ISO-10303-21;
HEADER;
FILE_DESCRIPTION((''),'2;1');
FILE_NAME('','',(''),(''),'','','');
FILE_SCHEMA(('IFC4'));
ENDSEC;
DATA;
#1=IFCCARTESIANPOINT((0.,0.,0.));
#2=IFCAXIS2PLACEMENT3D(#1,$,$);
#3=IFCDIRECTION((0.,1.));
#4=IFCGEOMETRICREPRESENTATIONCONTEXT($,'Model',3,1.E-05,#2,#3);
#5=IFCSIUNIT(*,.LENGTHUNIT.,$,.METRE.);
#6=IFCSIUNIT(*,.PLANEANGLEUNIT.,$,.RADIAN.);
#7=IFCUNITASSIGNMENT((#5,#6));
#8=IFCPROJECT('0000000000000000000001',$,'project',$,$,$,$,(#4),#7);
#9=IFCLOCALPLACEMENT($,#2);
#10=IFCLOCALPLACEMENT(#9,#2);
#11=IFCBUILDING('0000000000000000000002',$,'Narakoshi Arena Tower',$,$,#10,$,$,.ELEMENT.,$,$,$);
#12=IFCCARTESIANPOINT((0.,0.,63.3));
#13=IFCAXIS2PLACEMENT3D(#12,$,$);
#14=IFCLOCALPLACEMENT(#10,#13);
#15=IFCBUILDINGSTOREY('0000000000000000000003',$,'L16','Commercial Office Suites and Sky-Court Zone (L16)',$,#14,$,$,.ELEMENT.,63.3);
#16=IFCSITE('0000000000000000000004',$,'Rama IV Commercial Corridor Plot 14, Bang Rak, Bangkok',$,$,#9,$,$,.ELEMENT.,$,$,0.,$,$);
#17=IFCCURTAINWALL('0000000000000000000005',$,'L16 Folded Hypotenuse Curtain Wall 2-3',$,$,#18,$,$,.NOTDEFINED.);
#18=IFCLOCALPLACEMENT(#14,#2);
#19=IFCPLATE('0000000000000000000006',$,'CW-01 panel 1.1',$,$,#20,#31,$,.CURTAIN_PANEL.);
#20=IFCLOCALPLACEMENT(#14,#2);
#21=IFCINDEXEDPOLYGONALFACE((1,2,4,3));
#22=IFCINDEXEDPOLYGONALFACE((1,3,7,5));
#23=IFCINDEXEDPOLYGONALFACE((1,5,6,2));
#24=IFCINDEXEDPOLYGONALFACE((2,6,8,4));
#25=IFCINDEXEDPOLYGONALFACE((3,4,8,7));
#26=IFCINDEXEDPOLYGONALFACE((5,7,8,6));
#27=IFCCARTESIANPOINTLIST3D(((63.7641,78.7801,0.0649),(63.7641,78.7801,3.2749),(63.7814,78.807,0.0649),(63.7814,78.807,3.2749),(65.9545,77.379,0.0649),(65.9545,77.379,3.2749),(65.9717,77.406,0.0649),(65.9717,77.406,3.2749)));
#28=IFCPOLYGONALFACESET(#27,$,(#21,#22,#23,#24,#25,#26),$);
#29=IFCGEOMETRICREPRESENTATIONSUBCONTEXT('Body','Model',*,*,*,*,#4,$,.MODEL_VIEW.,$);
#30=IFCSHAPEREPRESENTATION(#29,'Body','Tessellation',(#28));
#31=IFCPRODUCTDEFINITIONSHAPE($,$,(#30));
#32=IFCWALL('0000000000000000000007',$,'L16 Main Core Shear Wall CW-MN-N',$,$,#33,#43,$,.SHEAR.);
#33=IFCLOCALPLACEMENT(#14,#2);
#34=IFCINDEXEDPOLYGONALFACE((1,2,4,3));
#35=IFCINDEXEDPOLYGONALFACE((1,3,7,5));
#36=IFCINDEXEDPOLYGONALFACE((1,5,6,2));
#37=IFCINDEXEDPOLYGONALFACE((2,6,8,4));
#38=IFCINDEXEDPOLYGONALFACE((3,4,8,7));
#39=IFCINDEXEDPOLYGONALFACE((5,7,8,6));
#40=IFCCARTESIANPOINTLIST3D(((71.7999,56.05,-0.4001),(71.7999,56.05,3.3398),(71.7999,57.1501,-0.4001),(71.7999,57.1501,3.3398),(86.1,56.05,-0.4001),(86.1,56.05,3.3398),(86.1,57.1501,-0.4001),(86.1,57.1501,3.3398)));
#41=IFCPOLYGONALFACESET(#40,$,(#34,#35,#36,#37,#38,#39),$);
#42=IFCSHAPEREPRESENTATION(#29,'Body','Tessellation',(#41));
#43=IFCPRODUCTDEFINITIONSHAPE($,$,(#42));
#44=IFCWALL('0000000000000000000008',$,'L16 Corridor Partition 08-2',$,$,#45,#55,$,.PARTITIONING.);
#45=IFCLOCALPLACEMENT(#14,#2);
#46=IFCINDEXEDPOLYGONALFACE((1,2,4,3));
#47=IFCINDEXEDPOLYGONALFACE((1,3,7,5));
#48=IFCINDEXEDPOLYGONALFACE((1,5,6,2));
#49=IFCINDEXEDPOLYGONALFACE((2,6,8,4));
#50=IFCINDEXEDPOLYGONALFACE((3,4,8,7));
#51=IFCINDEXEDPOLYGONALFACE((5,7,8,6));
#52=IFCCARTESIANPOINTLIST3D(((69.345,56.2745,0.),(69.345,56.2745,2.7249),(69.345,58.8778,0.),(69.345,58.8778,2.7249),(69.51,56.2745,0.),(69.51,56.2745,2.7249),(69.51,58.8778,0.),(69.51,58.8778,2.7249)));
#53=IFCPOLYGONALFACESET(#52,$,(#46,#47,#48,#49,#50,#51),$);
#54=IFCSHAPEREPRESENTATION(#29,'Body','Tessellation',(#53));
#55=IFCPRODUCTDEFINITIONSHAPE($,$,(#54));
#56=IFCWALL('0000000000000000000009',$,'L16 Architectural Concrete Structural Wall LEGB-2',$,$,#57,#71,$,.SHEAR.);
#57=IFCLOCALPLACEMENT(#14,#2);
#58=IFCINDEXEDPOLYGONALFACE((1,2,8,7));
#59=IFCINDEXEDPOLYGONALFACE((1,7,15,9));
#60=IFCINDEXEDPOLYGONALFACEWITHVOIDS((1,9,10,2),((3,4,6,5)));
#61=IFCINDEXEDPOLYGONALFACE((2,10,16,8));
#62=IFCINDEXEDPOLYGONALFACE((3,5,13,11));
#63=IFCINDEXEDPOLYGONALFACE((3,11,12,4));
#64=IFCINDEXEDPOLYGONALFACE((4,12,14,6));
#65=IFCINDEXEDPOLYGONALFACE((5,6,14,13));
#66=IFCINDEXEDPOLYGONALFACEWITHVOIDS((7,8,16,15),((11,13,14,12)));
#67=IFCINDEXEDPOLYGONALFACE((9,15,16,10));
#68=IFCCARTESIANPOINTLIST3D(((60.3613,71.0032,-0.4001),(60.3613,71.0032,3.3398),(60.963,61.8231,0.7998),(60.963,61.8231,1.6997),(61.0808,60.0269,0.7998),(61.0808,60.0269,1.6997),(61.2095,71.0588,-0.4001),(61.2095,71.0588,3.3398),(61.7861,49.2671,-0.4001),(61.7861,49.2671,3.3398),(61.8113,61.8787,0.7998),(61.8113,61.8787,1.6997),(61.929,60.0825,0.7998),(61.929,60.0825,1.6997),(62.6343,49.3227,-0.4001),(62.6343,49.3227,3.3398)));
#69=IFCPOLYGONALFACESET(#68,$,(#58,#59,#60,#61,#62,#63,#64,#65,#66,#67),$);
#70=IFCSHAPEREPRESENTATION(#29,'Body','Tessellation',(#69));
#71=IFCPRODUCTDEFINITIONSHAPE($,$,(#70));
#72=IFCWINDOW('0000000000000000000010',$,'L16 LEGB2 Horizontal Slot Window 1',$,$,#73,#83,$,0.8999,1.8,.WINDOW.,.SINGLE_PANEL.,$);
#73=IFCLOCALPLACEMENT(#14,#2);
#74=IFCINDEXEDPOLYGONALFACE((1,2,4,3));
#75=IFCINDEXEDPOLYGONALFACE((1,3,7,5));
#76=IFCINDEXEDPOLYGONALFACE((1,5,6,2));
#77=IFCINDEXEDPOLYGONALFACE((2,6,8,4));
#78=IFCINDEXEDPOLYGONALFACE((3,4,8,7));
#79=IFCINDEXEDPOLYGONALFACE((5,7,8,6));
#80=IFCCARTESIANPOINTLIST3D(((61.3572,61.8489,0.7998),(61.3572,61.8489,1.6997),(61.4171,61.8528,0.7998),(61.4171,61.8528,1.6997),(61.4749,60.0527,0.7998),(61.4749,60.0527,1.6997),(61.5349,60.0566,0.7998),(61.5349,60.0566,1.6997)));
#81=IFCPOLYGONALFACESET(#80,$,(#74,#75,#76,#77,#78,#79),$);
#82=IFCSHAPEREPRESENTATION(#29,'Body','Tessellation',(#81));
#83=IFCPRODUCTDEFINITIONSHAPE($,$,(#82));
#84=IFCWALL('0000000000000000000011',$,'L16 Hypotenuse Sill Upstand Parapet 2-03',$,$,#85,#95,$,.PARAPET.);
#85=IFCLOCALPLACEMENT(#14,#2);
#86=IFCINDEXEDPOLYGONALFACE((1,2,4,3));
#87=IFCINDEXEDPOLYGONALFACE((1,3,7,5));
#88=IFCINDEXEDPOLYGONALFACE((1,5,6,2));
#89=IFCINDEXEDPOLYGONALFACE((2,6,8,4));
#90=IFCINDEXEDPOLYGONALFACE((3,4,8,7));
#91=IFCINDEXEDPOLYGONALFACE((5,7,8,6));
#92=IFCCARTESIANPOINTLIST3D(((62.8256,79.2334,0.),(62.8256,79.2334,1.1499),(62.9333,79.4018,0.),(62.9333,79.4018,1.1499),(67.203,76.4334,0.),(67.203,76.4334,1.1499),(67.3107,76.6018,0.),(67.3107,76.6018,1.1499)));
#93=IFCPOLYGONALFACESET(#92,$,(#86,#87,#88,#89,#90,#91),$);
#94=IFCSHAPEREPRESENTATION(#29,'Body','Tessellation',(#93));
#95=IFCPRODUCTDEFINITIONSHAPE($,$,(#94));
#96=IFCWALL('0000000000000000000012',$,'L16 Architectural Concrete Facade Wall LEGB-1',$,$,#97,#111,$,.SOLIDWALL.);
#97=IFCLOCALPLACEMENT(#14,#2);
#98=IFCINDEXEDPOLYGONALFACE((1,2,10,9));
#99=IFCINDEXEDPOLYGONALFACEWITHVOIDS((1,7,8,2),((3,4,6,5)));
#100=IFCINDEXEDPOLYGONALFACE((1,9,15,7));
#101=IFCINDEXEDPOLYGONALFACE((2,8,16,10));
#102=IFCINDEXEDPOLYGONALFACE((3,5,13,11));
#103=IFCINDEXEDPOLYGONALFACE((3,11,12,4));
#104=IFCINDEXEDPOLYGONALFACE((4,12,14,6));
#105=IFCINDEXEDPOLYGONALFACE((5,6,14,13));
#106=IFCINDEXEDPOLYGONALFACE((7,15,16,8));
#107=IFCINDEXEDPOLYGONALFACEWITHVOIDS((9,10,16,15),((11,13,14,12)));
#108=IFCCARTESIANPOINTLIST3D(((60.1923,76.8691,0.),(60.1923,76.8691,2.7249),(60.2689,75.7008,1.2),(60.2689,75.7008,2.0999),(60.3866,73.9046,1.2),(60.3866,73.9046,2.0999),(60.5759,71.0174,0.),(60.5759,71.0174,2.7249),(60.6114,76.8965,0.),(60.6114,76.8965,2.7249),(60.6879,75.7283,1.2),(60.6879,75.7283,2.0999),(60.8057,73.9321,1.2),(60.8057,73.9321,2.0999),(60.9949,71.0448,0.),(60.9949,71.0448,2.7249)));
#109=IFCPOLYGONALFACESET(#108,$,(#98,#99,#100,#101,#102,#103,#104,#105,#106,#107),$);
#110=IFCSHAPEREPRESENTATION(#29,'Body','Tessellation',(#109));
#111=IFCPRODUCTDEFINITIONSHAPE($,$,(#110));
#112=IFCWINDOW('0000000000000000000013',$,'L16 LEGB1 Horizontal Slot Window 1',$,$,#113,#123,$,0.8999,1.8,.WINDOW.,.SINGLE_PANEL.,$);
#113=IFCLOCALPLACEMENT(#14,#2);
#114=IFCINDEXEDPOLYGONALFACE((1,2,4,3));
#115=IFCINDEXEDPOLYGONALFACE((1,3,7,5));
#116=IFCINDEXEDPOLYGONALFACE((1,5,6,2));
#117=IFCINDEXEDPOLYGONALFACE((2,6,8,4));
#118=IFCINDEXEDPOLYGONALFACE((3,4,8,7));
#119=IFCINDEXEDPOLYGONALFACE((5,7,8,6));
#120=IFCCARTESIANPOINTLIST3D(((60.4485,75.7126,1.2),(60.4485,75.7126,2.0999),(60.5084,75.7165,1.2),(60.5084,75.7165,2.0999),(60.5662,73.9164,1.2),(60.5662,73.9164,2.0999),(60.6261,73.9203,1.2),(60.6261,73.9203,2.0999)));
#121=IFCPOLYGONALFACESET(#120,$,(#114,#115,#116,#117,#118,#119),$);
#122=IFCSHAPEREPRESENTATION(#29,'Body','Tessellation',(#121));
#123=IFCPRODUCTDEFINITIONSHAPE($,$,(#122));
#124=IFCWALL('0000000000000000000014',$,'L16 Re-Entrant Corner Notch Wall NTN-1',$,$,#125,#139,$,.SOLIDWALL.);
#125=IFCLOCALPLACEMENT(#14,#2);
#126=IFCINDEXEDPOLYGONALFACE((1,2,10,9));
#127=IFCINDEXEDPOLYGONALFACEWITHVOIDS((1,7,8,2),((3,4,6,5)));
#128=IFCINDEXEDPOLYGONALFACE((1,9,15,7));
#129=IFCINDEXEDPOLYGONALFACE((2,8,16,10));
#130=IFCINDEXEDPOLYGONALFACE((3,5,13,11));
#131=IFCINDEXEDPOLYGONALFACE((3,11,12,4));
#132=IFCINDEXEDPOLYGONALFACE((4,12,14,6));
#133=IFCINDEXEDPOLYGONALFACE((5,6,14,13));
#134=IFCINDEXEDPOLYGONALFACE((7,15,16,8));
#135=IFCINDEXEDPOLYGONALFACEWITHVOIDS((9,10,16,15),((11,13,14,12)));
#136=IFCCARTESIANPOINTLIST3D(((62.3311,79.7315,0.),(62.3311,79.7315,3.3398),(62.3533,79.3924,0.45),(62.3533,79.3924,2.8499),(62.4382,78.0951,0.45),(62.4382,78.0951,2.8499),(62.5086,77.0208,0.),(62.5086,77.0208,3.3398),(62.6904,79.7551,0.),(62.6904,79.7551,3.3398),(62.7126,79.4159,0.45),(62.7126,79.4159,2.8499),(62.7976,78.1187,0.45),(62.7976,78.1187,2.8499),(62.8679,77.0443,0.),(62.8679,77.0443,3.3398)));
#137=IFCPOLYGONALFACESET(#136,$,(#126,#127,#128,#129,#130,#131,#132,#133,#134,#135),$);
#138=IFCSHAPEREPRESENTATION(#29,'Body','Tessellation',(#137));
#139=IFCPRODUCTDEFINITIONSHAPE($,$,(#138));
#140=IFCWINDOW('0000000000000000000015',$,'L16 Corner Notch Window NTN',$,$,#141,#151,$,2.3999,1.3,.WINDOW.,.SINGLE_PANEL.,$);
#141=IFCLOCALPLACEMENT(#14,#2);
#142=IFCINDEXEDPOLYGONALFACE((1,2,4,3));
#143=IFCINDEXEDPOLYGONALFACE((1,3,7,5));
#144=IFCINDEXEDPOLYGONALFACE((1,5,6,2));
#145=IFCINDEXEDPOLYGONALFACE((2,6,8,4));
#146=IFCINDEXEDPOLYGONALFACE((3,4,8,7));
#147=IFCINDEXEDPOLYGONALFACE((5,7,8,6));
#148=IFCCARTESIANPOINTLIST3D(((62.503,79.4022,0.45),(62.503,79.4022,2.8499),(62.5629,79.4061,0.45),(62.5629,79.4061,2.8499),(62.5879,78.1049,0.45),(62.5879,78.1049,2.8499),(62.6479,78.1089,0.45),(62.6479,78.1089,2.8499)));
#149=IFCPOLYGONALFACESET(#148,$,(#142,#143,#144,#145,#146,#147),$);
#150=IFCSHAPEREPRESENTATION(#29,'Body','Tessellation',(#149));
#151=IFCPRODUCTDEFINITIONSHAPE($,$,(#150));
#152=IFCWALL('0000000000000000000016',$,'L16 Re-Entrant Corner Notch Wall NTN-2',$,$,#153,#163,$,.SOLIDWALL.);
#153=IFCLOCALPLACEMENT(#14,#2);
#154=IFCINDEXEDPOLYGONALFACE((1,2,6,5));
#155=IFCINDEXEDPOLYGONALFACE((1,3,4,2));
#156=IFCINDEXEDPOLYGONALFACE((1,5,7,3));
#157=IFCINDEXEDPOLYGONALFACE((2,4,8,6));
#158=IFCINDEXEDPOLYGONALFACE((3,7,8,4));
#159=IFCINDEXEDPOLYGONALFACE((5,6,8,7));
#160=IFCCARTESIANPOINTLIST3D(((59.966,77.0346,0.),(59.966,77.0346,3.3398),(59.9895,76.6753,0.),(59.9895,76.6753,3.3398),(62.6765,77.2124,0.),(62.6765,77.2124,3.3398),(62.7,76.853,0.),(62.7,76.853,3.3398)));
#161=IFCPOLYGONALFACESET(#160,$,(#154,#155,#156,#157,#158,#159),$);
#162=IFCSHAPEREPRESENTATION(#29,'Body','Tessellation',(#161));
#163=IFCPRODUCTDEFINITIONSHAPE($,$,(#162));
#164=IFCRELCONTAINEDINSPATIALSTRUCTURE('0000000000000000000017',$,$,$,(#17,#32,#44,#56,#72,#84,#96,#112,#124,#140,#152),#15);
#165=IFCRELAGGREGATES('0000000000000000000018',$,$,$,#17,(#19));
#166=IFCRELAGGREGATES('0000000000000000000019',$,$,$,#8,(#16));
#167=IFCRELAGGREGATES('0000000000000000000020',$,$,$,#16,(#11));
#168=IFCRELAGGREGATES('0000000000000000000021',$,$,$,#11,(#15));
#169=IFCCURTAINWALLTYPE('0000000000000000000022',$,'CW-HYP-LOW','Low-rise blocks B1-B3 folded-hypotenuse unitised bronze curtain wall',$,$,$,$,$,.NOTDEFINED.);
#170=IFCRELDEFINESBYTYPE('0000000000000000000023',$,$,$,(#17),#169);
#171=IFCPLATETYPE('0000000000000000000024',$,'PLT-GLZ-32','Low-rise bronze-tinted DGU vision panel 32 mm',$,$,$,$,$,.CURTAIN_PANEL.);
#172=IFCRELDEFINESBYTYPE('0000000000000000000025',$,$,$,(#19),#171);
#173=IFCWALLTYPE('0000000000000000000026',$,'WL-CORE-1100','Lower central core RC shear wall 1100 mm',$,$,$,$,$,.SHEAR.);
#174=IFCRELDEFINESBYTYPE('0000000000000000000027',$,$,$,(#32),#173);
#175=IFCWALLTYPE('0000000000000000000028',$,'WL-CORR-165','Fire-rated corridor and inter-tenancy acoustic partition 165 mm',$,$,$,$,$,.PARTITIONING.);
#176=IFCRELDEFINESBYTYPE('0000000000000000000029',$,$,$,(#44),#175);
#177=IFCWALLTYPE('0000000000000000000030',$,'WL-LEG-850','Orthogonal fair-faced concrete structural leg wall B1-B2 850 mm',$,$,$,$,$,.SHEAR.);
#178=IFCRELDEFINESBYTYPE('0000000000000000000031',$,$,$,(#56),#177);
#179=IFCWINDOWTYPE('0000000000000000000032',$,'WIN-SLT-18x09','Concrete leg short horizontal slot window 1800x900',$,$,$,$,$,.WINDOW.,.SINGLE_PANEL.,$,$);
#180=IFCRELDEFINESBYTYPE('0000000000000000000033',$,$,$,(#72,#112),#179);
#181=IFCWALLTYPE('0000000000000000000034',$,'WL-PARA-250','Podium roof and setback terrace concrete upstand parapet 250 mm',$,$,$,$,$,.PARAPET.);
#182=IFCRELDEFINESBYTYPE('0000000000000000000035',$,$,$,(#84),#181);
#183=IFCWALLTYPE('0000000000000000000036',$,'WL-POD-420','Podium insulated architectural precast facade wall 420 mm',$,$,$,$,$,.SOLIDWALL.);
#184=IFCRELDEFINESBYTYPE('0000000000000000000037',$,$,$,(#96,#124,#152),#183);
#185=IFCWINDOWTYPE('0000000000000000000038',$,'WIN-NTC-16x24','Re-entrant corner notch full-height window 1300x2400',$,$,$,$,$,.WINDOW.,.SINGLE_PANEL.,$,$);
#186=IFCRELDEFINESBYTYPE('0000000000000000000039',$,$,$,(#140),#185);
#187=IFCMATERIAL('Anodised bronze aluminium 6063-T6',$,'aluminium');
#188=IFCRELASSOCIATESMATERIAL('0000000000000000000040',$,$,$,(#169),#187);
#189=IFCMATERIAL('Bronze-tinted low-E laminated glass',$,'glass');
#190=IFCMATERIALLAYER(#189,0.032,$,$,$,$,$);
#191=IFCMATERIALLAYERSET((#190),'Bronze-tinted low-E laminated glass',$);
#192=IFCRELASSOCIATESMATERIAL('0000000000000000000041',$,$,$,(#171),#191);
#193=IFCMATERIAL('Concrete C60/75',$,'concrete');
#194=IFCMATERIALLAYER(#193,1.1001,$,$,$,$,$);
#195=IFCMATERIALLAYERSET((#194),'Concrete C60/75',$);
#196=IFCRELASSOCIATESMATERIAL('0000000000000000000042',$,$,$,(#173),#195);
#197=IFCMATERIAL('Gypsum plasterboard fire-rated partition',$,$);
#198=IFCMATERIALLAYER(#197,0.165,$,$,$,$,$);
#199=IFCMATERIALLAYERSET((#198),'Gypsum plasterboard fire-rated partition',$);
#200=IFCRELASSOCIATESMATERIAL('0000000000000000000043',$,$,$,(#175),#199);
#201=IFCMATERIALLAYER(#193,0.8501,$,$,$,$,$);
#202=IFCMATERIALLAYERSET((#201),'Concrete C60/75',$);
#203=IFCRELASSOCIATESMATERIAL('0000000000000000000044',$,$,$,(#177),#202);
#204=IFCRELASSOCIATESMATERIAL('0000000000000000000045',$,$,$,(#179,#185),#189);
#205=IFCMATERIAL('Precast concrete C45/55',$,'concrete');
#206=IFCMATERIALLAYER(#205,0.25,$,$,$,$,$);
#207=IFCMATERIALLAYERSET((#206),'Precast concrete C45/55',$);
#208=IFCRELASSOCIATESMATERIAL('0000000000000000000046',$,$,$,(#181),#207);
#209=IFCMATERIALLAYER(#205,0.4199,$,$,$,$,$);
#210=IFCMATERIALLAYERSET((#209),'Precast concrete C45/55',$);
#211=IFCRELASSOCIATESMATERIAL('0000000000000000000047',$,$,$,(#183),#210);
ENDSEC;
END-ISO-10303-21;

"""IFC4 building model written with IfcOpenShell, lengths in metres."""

from ifc_helpers import new_model, si_unit, direction, frame, frame_2d, origin, origin_2d, place, context, subcontext, project, spatial, rectangle, extrude, material, layer, layer_set, type_object, element, fill, aggregate, save


model = new_model("IFC4")

# Units and contexts
model_context = context("Model", 3, precision=1e-05, world=origin(), true_north=direction((0.0, 1.0)))
body_context = subcontext(model_context, "Body", "Model", "MODEL_VIEW")
ifc_project = project(units=[si_unit("LENGTHUNIT", "METRE"), si_unit("PLANEANGLEUNIT", "RADIAN")], contexts=[model_context])

# Site, building, storey
site_placement = place(None, origin())
site = spatial("IfcSite", under=ifc_project, at=site_placement, Name="Rama IV Commercial Corridor Plot 14, Bang Rak, Bangkok", CompositionType="ELEMENT", RefElevation=0.0)
building_placement = place(site_placement, origin())
building = spatial("IfcBuilding", under=site, at=building_placement, Name="Narakoshi Arena Tower", CompositionType="ELEMENT")
storey_placement = place(building_placement, frame((0.0, 0.0, 63.3)))
storey = spatial("IfcBuildingStorey", under=building, at=storey_placement, Name="L16", Description="Commercial Office Suites and Sky-Court Zone (L16)", CompositionType="ELEMENT", Elevation=63.3)

# Shared definitions
ifc_material_1 = material(Name="Concrete C60/75", Category="concrete")

# Shared definitions
ifc_material_2 = material(Name="Anodised bronze aluminium 6063-T6", Category="aluminium")
curtain_wall_type = type_object("IfcCurtainWallType", Name="CW-HYP-LOW", Description="Low-rise blocks B1-B3 folded-hypotenuse unitised bronze curtain wall", PredefinedType="NOTDEFINED", material=ifc_material_2)

# Curtain wall
curtain_wall_1_placement = place(storey_placement, origin())
curtain_wall_1 = element("IfcCurtainWall", 1, at=curtain_wall_1_placement, inside=storey, type_object=curtain_wall_type, Name="L16 Folded Hypotenuse Curtain Wall 2-3", PredefinedType="NOTDEFINED")

# Plate
ifc_material_3 = material(Name="Bronze-tinted low-E laminated glass", Category="glass")
ifc_layer_1 = layer(ifc_material_3, 0.032)
ifc_layer_set_1 = layer_set([ifc_layer_1], Name="Bronze-tinted low-E laminated glass")
plate_type = type_object("IfcPlateType", Name="PLT-GLZ-32", Description="Low-rise bronze-tinted DGU vision panel 32 mm", PredefinedType="CURTAIN_PANEL", material=ifc_layer_set_1)
plate_1_placement = place(storey_placement, frame((64.8679, 78.093, 0.0649), z_axis=(0.0, 0.0, 1.0), x_axis=(-0.842407, 0.538841, 0.0)))
plate_1 = element("IfcPlate", 2, at=plate_1_placement, type_object=plate_type, Name="CW-01 panel 1.1", PredefinedType="CURTAIN_PANEL", context=body_context, shape_type="SweptSolid", body=[
    extrude(rectangle(XDim=2.6001, YDim=0.032, at=origin_2d()), origin(), (0.0, 0.0, 1.0), 3.21),
])
aggregate(curtain_wall_1, [plate_1])

# Walls
ifc_layer_2 = layer(ifc_material_1, 1.1001)
ifc_layer_set_2 = layer_set([ifc_layer_2], Name="Concrete C60/75")
wall_type_1 = type_object("IfcWallType", Name="WL-CORE-1100", Description="Lower central core RC shear wall 1100 mm", PredefinedType="SHEAR", material=ifc_layer_set_2)
wall_1_placement = place(storey_placement, frame((71.8, 56.6001, -0.4001), z_axis=(0.0, 0.0, 1.0), x_axis=(1.0, 0.0, 0.0)))
element("IfcWall", 3, at=wall_1_placement, inside=storey, type_object=wall_type_1, Name="L16 Main Core Shear Wall CW-MN-N", PredefinedType="SHEAR", context=body_context, shape_type="SweptSolid", body=[
    extrude(rectangle(XDim=14.3, YDim=1.1001, at=frame_2d((7.1499, 0.0))), origin(), (0.0, 0.0, 1.0), 3.74),
])
ifc_material_4 = material(Name="Gypsum plasterboard fire-rated partition")
ifc_layer_3 = layer(ifc_material_4, 0.165)
ifc_layer_set_3 = layer_set([ifc_layer_3], Name="Gypsum plasterboard fire-rated partition")
wall_type_2 = type_object("IfcWallType", Name="WL-CORR-165", Description="Fire-rated corridor and inter-tenancy acoustic partition 165 mm", PredefinedType="PARTITIONING", material=ifc_layer_set_3)
wall_2_placement = place(storey_placement, frame((69.4275, 58.8779, 0.0), z_axis=(0.0, 0.0, 1.0), x_axis=(0.0, -1.0, 0.0)))
element("IfcWall", 4, at=wall_2_placement, inside=storey, type_object=wall_type_2, Name="L16 Corridor Partition 08-2", PredefinedType="PARTITIONING", context=body_context, shape_type="SweptSolid", body=[
    extrude(rectangle(XDim=2.6033, YDim=0.165, at=frame_2d((1.3018, 0.0))), origin(), (0.0, 0.0, 1.0), 2.7249),
])

# Wall, opening, window
ifc_layer_4 = layer(ifc_material_1, 0.8501)
ifc_layer_set_4 = layer_set([ifc_layer_4], Name="Concrete C60/75")
wall_type_3 = type_object("IfcWallType", Name="WL-LEG-850", Description="Orthogonal fair-faced concrete structural leg wall B1-B2 850 mm", PredefinedType="SHEAR", material=ifc_layer_set_4)
wall_3_placement = place(storey_placement, frame((60.7854, 71.031, -0.4001), z_axis=(0.0, 0.0, 1.0), x_axis=(0.06541, -0.997858, 0.0)))
wall_3 = element("IfcWall", 5, at=wall_3_placement, inside=storey, type_object=wall_type_3, Name="L16 Architectural Concrete Structural Wall LEGB-2", PredefinedType="SHEAR", context=body_context, shape_type="SweptSolid", body=[
    extrude(rectangle(XDim=21.7827, YDim=0.8501, at=frame_2d((10.8914, 0.0))), origin(), (0.0, 0.0, 1.0), 3.74),
])
opening_1_placement = place(wall_3_placement, frame((9.2, 0.0, 1.2)))
opening_1 = element("IfcOpeningElement", 6, at=opening_1_placement, cuts=wall_3, PredefinedType="OPENING", context=body_context, shape_type="SweptSolid", body=[
    extrude(rectangle(XDim=1.8, YDim=0.8999, at=frame_2d((0.8999, 0.45))), frame((0.0, 0.4351, 0.0), z_axis=(0.0, -1.0, 0.0), x_axis=(1.0, 0.0, 0.0)), (0.0, 0.0, 1.0), 0.8701),
])
window_type_1 = type_object("IfcWindowType", Name="WIN-SLT-18x09", Description="Concrete leg short horizontal slot window 1800x900", PartitioningType="SINGLE_PANEL", PredefinedType="WINDOW", material=ifc_material_3)
window_1_placement = place(opening_1_placement, origin())
window_1 = element("IfcWindow", 7, at=window_1_placement, inside=storey, type_object=window_type_1, Name="L16 LEGB2 Horizontal Slot Window 1", OverallHeight=0.8999, OverallWidth=1.8, PartitioningType="SINGLE_PANEL", PredefinedType="WINDOW", context=body_context, shape_type="SweptSolid", body=[
    extrude(rectangle(XDim=1.8, YDim=0.8999, at=frame_2d((0.8999, 0.45))), frame((0.0, 0.03, 0.0), z_axis=(0.0, -1.0, 0.0), x_axis=(1.0, 0.0, 0.0)), (0.0, 0.0, 1.0), 0.0601),
])
fill(opening_1, window_1)

# Wall
ifc_material_5 = material(Name="Precast concrete C45/55", Category="concrete")
ifc_layer_5 = layer(ifc_material_5, 0.25)
ifc_layer_set_5 = layer_set([ifc_layer_5], Name="Precast concrete C45/55")
wall_type_4 = type_object("IfcWallType", Name="WL-PARA-250", Description="Podium roof and setback terrace concrete upstand parapet 250 mm", PredefinedType="PARAPET", material=ifc_layer_set_5)
wall_4_placement = place(storey_placement, frame((67.2568, 76.5176, 0.0), z_axis=(0.0, 0.0, 1.0), x_axis=(-0.842404, 0.538847, 0.0)))
element("IfcWall", 8, at=wall_4_placement, inside=storey, type_object=wall_type_4, Name="L16 Hypotenuse Sill Upstand Parapet 2-03", PredefinedType="PARAPET", context=body_context, shape_type="SweptSolid", body=[
    extrude(rectangle(XDim=5.1963, YDim=0.2, at=frame_2d((2.5981, 0.0))), origin(), (0.0, 0.0, 1.0), 1.1499),
])

# Walls, openings, windows
ifc_layer_6 = layer(ifc_material_5, 0.4199)
ifc_layer_set_6 = layer_set([ifc_layer_6], Name="Precast concrete C45/55")
wall_type_5 = type_object("IfcWallType", Name="WL-POD-420", Description="Podium insulated architectural precast facade wall 420 mm", PredefinedType="SOLIDWALL", material=ifc_layer_set_6)
wall_5_placement = place(storey_placement, frame((60.4019, 76.8828, 0.0), z_axis=(0.0, 0.0, 1.0), x_axis=(0.065403, -0.997859, 0.0)))
wall_5 = element("IfcWall", 9, at=wall_5_placement, inside=storey, type_object=wall_type_5, Name="L16 Architectural Concrete Facade Wall LEGB-1", PredefinedType="SOLIDWALL", context=body_context, shape_type="SweptSolid", body=[
    extrude(rectangle(XDim=5.8643, YDim=0.4199, at=frame_2d((2.9321, 0.0))), origin(), (0.0, 0.0, 1.0), 2.7249),
])
opening_2_placement = place(wall_5_placement, frame((1.1709, 0.0, 1.2)))
opening_2 = element("IfcOpeningElement", 10, at=opening_2_placement, cuts=wall_5, PredefinedType="OPENING", context=body_context, shape_type="SweptSolid", body=[
    extrude(rectangle(XDim=1.8, YDim=0.8999, at=frame_2d((0.8999, 0.45))), frame((0.0, 0.22, 0.0), z_axis=(0.0, -1.0, 0.0), x_axis=(1.0, 0.0, 0.0)), (0.0, 0.0, 1.0), 0.4399),
])
window_2_placement = place(opening_2_placement, origin())
window_2 = element("IfcWindow", 11, at=window_2_placement, inside=storey, type_object=window_type_1, Name="L16 LEGB1 Horizontal Slot Window 1", OverallHeight=0.8999, OverallWidth=1.8, PartitioningType="SINGLE_PANEL", PredefinedType="WINDOW", context=body_context, shape_type="SweptSolid", body=[
    extrude(rectangle(XDim=1.8, YDim=0.8999, at=frame_2d((0.8999, 0.45))), frame((0.0, 0.03, 0.0), z_axis=(0.0, -1.0, 0.0), x_axis=(1.0, 0.0, 0.0)), (0.0, 0.0, 1.0), 0.0601),
])
fill(opening_2, window_2)
wall_6_placement = place(storey_placement, frame((62.5107, 79.7434, 0.0), z_axis=(0.0, 0.0, 1.0), x_axis=(0.065338, -0.997863, 0.0)))
wall_6 = element("IfcWall", 12, at=wall_6_placement, inside=storey, type_object=wall_type_5, Name="L16 Re-Entrant Corner Notch Wall NTN-1", PredefinedType="SOLIDWALL", context=body_context, shape_type="SweptSolid", body=[
    extrude(rectangle(XDim=2.7166, YDim=0.3601, at=frame_2d((1.3584, 0.0))), origin(), (0.0, 0.0, 1.0), 3.3398),
])
opening_3_placement = place(wall_6_placement, frame((0.3401, 0.0, 0.45)))
opening_3 = element("IfcOpeningElement", 13, at=opening_3_placement, cuts=wall_6, PredefinedType="OPENING", context=body_context, shape_type="SweptSolid", body=[
    extrude(rectangle(XDim=1.3, YDim=2.3999, at=frame_2d((0.6499, 1.2))), frame((0.0, 0.1899, 0.0), z_axis=(0.0, -1.0, 0.0), x_axis=(1.0, 0.0, 0.0)), (0.0, 0.0, 1.0), 0.3801),
])
window_type_2 = type_object("IfcWindowType", Name="WIN-NTC-16x24", Description="Re-entrant corner notch full-height window 1300x2400", PartitioningType="SINGLE_PANEL", PredefinedType="WINDOW", material=ifc_material_3)
window_3_placement = place(opening_3_placement, origin())
window_3 = element("IfcWindow", 14, at=window_3_placement, inside=storey, type_object=window_type_2, Name="L16 Corner Notch Window NTN", OverallHeight=2.3999, OverallWidth=1.3, PartitioningType="SINGLE_PANEL", PredefinedType="WINDOW", context=body_context, shape_type="SweptSolid", body=[
    extrude(rectangle(XDim=1.3, YDim=2.3999, at=frame_2d((0.6499, 1.2))), frame((0.0, 0.03, 0.0), z_axis=(0.0, -1.0, 0.0), x_axis=(1.0, 0.0, 0.0)), (0.0, 0.0, 1.0), 0.0601),
])
fill(opening_3, window_3)

# Wall
wall_7_placement = place(storey_placement, frame((62.6882, 77.0327, 0.0), z_axis=(0.0, 0.0, 1.0), x_axis=(-0.997857, -0.065433, 0.0)))
element("IfcWall", 15, at=wall_7_placement, inside=storey, type_object=wall_type_5, Name="L16 Re-Entrant Corner Notch Wall NTN-2", PredefinedType="SOLIDWALL", context=body_context, shape_type="SweptSolid", body=[
    extrude(rectangle(XDim=2.7163, YDim=0.3601, at=frame_2d((1.3582, 0.0))), origin(), (0.0, 0.0, 1.0), 3.3398),
])

save(model, "model.ifc")
